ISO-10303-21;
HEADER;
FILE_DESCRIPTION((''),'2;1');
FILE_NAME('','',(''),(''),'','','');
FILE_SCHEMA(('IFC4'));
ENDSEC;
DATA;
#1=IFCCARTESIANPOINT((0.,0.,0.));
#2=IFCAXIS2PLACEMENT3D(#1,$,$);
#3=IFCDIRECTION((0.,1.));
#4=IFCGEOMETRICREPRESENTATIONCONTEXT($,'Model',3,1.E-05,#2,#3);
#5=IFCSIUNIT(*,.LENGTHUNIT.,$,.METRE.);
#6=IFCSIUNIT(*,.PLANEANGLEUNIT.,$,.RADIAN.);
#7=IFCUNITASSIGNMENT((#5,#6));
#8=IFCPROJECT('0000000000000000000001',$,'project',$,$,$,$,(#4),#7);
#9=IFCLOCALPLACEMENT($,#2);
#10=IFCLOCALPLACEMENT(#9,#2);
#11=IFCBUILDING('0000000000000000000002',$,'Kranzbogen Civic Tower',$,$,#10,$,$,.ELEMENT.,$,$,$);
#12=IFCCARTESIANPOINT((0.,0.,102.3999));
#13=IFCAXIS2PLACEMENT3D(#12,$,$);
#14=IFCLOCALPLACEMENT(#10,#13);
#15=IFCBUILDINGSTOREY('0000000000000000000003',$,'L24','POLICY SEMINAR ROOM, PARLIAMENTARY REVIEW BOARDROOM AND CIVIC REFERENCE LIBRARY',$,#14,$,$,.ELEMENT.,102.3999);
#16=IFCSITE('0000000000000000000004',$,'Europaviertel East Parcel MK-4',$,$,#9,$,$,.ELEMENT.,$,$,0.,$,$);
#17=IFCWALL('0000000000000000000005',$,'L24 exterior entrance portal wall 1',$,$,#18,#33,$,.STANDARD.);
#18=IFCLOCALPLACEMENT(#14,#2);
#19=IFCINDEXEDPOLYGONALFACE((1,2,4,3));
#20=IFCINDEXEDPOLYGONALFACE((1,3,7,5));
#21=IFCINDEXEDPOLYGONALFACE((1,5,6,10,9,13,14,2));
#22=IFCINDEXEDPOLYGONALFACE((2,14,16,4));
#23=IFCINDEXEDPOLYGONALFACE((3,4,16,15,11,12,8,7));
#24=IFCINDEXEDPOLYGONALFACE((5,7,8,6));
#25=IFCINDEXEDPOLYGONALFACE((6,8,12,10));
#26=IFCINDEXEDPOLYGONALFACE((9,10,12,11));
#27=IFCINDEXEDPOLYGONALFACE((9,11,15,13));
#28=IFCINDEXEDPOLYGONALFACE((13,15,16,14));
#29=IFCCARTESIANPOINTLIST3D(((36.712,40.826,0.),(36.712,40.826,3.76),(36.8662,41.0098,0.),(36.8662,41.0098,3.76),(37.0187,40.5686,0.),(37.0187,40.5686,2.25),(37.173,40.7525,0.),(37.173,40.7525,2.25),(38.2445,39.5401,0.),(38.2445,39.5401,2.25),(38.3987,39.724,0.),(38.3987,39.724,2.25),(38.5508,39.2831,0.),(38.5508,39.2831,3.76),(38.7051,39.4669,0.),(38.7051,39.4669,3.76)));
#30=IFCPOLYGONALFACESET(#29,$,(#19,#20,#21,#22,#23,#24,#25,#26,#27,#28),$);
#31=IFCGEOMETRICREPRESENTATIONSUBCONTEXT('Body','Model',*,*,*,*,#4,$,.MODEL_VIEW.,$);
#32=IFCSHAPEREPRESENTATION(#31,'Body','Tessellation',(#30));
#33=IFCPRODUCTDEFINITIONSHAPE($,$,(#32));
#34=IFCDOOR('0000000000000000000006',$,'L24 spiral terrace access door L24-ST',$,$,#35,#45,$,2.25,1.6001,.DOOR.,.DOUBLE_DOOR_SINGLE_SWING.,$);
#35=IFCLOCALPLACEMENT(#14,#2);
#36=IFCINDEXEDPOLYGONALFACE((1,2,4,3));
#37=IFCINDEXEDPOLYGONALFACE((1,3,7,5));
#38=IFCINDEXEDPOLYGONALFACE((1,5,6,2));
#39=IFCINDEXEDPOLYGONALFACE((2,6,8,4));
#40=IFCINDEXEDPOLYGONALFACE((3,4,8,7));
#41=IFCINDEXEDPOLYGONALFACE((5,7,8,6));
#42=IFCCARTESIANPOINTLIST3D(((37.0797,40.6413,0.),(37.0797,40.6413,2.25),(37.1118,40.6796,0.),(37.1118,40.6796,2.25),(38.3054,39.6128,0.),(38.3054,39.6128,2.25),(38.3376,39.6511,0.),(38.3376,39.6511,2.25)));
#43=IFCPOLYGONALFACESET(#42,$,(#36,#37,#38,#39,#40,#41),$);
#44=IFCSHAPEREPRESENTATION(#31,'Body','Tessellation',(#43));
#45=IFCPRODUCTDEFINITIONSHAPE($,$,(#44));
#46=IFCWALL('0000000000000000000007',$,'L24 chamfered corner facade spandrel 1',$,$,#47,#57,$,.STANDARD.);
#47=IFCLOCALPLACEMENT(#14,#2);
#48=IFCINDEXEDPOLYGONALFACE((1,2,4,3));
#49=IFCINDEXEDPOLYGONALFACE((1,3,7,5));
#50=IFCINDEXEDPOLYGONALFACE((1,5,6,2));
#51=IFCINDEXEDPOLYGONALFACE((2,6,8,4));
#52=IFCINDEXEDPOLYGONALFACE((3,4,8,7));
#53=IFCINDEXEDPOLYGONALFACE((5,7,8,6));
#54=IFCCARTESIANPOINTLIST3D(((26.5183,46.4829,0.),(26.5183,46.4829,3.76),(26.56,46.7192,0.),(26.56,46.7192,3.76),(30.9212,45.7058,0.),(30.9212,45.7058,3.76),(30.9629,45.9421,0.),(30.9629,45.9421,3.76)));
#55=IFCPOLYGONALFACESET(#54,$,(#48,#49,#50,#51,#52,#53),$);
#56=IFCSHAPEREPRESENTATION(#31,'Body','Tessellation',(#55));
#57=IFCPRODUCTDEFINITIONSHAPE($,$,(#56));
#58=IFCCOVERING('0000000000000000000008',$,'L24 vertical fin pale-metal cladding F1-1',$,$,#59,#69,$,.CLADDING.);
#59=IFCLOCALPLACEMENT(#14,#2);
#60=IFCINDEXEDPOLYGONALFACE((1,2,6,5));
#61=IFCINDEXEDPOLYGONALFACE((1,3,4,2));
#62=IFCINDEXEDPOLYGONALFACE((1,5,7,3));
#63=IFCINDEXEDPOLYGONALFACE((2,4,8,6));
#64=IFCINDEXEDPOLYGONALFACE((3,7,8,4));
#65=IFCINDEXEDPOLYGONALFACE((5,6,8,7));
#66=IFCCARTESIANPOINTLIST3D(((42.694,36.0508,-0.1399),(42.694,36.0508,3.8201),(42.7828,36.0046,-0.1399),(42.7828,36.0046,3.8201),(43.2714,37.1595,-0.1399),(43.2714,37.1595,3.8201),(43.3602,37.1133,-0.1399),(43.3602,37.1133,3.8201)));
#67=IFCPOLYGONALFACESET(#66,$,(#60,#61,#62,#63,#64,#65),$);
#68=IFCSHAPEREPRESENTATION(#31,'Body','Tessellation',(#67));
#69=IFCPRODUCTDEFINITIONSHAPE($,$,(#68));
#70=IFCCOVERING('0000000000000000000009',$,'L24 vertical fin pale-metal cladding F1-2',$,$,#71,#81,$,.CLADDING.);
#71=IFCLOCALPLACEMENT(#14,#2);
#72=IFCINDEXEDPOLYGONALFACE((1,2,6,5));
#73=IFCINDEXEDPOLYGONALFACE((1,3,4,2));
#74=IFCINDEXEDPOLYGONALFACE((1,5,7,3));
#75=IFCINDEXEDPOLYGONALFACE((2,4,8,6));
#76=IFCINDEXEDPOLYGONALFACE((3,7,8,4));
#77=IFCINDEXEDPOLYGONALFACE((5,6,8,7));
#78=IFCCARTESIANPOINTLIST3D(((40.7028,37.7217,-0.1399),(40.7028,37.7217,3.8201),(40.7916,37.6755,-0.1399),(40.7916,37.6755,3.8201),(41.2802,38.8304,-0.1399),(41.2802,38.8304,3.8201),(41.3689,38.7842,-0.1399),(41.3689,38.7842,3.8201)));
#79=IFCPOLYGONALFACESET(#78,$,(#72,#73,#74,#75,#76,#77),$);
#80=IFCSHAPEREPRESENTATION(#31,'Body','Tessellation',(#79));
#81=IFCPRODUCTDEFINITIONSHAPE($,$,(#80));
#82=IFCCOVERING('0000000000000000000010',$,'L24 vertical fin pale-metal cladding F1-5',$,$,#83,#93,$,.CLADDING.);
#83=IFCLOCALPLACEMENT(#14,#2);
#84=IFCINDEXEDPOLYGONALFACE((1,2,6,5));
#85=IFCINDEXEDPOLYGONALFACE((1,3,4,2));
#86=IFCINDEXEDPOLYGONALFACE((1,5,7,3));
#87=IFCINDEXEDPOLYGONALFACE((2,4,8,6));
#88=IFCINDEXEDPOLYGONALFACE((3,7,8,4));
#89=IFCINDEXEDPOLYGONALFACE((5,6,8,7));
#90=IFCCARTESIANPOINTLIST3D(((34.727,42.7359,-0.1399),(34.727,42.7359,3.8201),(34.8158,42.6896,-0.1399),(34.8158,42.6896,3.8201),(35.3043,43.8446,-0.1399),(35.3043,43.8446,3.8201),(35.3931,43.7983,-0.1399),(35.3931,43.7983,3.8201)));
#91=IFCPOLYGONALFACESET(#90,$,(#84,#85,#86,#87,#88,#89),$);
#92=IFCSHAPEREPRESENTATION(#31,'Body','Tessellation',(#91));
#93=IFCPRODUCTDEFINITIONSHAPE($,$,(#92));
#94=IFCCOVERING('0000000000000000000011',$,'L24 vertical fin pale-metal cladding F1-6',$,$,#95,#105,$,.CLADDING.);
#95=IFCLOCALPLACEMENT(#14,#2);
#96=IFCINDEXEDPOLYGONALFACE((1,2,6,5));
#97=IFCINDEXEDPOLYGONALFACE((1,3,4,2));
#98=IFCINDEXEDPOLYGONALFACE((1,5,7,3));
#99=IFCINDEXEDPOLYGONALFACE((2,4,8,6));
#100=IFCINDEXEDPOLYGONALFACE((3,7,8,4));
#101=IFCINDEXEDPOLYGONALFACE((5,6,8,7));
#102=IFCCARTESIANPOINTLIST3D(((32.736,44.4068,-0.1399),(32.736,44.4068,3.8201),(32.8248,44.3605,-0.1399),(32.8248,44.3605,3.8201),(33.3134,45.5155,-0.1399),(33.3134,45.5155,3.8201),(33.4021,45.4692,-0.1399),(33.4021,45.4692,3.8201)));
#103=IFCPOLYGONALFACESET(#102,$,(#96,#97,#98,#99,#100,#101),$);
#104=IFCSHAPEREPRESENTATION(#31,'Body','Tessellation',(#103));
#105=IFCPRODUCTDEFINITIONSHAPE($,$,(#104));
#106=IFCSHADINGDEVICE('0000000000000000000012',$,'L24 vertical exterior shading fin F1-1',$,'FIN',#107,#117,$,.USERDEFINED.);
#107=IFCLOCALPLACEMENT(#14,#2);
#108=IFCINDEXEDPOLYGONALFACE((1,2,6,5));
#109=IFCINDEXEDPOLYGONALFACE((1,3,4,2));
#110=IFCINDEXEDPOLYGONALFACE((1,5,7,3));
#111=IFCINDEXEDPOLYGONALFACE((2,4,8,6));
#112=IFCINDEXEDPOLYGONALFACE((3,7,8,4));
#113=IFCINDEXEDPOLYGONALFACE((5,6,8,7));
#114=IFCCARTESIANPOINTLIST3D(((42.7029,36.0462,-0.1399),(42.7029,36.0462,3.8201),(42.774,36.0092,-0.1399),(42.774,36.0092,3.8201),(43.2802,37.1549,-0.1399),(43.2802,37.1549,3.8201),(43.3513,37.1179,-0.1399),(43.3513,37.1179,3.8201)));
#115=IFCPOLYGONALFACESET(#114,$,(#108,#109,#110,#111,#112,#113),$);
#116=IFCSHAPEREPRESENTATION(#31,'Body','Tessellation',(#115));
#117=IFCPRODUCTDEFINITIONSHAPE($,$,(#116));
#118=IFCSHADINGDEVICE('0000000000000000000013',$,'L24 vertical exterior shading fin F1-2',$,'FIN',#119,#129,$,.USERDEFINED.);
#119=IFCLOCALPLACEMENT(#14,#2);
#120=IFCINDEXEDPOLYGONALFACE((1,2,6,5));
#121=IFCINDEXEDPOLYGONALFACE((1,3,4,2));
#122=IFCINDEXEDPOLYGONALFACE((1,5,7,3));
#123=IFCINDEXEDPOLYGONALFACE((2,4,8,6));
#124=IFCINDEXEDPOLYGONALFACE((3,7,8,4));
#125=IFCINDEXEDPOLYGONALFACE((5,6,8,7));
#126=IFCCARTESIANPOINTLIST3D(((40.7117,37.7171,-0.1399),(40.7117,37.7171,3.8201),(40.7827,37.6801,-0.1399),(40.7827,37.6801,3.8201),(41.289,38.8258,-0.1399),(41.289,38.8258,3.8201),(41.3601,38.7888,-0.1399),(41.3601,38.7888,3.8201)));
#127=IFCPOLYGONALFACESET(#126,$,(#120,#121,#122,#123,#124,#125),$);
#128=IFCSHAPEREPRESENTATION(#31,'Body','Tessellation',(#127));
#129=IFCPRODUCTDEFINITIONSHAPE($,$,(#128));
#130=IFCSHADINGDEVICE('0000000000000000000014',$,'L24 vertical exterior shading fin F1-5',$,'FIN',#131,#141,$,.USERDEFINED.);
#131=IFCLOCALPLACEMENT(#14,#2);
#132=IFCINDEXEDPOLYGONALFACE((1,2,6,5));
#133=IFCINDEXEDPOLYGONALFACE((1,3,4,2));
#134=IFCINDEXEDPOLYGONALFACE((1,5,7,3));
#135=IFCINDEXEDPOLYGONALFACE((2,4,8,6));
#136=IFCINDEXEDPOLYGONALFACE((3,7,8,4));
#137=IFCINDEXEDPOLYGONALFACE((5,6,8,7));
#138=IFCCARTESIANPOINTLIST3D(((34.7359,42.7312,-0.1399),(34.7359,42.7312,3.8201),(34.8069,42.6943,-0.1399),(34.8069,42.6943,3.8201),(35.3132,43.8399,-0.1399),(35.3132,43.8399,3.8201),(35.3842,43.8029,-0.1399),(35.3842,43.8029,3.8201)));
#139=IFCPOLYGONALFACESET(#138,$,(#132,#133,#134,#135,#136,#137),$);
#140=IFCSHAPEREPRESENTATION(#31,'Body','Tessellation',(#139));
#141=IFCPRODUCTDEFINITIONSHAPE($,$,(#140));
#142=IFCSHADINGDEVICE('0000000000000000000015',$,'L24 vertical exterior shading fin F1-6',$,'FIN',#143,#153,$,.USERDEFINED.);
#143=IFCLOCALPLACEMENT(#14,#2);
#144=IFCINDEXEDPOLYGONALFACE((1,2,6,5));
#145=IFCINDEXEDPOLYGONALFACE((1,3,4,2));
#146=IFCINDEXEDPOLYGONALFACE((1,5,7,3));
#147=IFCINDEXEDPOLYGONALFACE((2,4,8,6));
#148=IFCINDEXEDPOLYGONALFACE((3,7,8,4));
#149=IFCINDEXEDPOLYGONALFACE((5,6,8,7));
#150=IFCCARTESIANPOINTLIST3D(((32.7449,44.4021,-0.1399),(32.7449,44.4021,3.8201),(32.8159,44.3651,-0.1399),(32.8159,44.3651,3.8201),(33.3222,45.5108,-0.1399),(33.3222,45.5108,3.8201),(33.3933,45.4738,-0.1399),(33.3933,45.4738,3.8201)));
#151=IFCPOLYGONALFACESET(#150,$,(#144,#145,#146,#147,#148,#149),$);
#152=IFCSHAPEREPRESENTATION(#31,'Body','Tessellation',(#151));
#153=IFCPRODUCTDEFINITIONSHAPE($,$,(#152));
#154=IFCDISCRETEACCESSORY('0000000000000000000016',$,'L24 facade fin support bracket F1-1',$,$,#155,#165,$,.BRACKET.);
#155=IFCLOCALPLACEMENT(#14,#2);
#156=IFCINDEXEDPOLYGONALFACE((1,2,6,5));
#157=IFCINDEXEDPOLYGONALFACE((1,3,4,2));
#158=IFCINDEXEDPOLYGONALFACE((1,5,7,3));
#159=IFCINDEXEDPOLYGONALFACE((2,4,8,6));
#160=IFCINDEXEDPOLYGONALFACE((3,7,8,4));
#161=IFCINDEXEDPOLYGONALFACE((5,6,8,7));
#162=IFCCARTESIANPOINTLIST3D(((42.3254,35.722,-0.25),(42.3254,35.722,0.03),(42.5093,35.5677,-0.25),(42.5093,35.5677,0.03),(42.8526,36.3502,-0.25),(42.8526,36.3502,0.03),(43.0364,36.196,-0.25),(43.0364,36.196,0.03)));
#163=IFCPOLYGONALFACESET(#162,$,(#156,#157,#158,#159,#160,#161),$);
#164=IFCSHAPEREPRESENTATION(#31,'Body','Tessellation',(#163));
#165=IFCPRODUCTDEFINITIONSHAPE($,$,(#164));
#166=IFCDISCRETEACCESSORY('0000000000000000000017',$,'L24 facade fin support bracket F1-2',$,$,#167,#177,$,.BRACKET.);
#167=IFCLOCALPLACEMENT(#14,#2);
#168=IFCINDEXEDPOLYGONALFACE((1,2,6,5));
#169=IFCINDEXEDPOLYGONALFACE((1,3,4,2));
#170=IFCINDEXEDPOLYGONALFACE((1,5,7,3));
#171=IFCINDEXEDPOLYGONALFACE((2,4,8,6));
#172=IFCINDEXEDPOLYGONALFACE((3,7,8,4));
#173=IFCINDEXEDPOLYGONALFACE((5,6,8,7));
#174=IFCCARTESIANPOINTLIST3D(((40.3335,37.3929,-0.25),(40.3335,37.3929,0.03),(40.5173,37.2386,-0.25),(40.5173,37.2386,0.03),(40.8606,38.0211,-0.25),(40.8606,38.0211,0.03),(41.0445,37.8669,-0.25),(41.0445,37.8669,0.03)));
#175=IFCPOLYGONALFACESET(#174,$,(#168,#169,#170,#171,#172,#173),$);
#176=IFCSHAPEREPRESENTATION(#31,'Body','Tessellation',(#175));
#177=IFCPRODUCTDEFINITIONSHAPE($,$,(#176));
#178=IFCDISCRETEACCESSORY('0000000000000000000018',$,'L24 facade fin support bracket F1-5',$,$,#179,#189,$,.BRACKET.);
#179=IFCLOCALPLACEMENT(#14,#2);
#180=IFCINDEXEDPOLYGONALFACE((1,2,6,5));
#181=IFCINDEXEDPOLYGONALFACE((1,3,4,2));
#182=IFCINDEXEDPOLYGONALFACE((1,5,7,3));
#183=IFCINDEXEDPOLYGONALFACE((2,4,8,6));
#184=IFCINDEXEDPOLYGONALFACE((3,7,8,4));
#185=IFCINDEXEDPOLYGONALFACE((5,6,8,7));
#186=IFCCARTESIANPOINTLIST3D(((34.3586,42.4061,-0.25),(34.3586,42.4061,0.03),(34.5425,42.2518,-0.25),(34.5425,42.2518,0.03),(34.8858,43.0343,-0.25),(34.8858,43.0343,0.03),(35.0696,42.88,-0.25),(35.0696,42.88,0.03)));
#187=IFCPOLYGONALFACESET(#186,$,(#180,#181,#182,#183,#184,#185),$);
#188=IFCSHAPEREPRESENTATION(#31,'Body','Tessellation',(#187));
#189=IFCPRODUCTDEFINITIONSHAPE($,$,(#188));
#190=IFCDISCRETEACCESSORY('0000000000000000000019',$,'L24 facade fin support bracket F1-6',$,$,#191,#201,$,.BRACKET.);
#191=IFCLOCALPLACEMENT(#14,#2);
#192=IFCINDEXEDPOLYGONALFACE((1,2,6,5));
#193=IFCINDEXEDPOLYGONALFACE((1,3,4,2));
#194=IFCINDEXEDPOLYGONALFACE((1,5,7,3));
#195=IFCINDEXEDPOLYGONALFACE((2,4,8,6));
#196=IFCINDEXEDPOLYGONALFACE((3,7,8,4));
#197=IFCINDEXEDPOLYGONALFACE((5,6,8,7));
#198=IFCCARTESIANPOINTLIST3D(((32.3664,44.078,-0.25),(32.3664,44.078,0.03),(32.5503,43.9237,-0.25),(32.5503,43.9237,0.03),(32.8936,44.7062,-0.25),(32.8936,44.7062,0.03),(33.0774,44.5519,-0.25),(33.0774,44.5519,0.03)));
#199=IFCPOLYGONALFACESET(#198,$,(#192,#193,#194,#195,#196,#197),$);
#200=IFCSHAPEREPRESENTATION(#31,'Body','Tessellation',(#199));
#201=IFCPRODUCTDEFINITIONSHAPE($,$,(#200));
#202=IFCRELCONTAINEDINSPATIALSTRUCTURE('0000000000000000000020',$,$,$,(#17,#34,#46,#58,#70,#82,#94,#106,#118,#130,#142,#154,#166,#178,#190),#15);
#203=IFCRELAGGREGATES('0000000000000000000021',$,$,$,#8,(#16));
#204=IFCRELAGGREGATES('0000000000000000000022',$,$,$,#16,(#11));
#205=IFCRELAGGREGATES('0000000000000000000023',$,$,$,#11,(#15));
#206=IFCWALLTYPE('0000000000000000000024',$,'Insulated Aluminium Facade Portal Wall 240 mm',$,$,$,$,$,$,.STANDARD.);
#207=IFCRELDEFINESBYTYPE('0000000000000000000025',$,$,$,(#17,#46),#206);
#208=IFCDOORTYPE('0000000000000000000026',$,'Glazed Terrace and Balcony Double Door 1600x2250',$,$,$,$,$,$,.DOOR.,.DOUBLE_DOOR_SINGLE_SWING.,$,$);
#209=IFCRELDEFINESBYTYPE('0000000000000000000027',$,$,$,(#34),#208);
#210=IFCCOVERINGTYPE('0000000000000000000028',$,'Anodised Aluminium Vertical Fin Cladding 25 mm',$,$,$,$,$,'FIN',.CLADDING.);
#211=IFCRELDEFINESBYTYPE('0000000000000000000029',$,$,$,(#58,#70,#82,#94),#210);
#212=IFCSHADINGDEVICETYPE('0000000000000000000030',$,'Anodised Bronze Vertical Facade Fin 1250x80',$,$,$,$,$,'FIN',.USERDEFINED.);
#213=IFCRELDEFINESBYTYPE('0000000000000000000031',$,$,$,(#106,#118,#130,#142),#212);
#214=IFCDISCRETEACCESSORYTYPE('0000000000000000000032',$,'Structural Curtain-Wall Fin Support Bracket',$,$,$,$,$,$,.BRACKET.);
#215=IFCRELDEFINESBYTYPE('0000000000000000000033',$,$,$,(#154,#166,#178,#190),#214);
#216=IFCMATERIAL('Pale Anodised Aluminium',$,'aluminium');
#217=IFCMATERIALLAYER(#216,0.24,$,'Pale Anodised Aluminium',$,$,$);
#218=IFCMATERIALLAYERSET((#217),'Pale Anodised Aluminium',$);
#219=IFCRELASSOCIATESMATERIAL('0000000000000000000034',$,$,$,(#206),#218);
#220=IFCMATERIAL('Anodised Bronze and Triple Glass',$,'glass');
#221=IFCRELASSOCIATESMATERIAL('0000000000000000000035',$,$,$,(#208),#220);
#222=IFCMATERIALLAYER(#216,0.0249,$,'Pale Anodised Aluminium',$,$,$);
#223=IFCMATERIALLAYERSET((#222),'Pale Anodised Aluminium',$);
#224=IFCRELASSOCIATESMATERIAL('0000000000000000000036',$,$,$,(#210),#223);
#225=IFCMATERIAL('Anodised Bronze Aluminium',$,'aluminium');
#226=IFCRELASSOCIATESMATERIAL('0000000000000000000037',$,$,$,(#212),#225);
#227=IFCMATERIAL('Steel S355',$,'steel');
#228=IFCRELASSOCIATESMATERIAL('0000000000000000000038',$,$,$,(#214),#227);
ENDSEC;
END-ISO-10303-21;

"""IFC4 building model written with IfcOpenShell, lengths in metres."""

from ifc_helpers import new_model, si_unit, direction, frame, frame_2d, origin, origin_2d, place, context, subcontext, project, spatial, rectangle, extrude, material, layer, layer_set, type_object, element, fill, save


model = new_model("IFC4")

# Units and contexts
model_context = context("Model", 3, precision=1e-05, world=origin(), true_north=direction((0.0, 1.0)))
body_context = subcontext(model_context, "Body", "Model", "MODEL_VIEW")
ifc_project = project(units=[si_unit("LENGTHUNIT", "METRE"), si_unit("PLANEANGLEUNIT", "RADIAN")], contexts=[model_context])

# Site, building, storey
site_placement = place(None, origin())
site = spatial("IfcSite", under=ifc_project, at=site_placement, Name="Europaviertel East Parcel MK-4", CompositionType="ELEMENT", RefElevation=0.0)
building_placement = place(site_placement, origin())
building = spatial("IfcBuilding", under=site, at=building_placement, Name="Kranzbogen Civic Tower", CompositionType="ELEMENT")
storey_placement = place(building_placement, frame((0.0, 0.0, 102.3999)))
storey = spatial("IfcBuildingStorey", under=building, at=storey_placement, Name="L24", Description="POLICY SEMINAR ROOM, PARLIAMENTARY REVIEW BOARDROOM AND CIVIC REFERENCE LIBRARY", CompositionType="ELEMENT", Elevation=102.3999)

# Shared definitions
ifc_material_1 = material(Name="Pale Anodised Aluminium", Category="aluminium")

# Shared definitions
ifc_material_2 = material(Name="Steel S355", Category="steel")

# Wall, opening, door
ifc_layer_1 = layer(ifc_material_1, 0.24, Name="Pale Anodised Aluminium")
ifc_layer_set_1 = layer_set([ifc_layer_1], Name="Pale Anodised Aluminium")
wall_type_1 = type_object("IfcWallType", Name="Insulated Aluminium Facade Portal Wall 240 mm", PredefinedType="STANDARD", material=ifc_layer_set_1)
wall_1_placement = place(storey_placement, frame((38.6279, 39.375, 0.0), z_axis=(0.0, 0.0, 1.0), x_axis=(-0.766049, 0.642782, 0.0)))
wall_1 = element("IfcWall", 1, at=wall_1_placement, inside=storey, type_object=wall_type_1, Name="L24 exterior entrance portal wall 1", PredefinedType="STANDARD", context=body_context, shape_type="SweptSolid", body=[
    extrude(rectangle(XDim=2.4004, YDim=0.24, at=frame_2d((1.2002, 0.0))), origin(), (0.0, 0.0, 1.0), 3.76),
])
opening_placement = place(wall_1_placement, frame((0.3999, 0.0, 0.0)))
opening = element("IfcOpeningElement", 2, at=opening_placement, cuts=wall_1, PredefinedType="OPENING", context=body_context, shape_type="SweptSolid", body=[
    extrude(rectangle(XDim=1.6001, YDim=2.25, at=frame_2d((0.8, 1.125))), frame((0.0, 0.1299, 0.0), z_axis=(0.0, -1.0, 0.0), x_axis=(1.0, 0.0, 0.0)), (0.0, 0.0, 1.0), 0.26),
])
ifc_material_3 = material(Name="Anodised Bronze and Triple Glass", Category="glass")
door_type = type_object("IfcDoorType", Name="Glazed Terrace and Balcony Double Door 1600x2250", OperationType="DOUBLE_DOOR_SINGLE_SWING", PredefinedType="DOOR", material=ifc_material_3)
door_placement = place(opening_placement, frame((1.6001, 0.0, 0.0), z_axis=(0.0, 0.0, 1.0), x_axis=(-1.0, 0.0, 0.0)))
door = element("IfcDoor", 3, at=door_placement, inside=storey, type_object=door_type, Name="L24 spiral terrace access door L24-ST", OperationType="DOUBLE_DOOR_SINGLE_SWING", OverallHeight=2.25, OverallWidth=1.6001, PredefinedType="DOOR", context=body_context, shape_type="SweptSolid", body=[
    extrude(rectangle(XDim=1.6001, YDim=2.25, at=frame_2d((0.8, 1.125))), frame((0.0, 0.0249, 0.0), z_axis=(0.0, -1.0, 0.0), x_axis=(1.0, 0.0, 0.0)), (0.0, 0.0, 1.0), 0.05),
])
fill(opening, door)

# Wall
wall_2_placement = place(storey_placement, frame((30.9419, 45.824, 0.0), z_axis=(0.0, 0.0, 1.0), x_axis=(-0.984779, 0.173813, 0.0)))
element("IfcWall", 4, at=wall_2_placement, inside=storey, type_object=wall_type_1, Name="L24 chamfered corner facade spandrel 1", PredefinedType="STANDARD", context=body_context, shape_type="SweptSolid", body=[
    extrude(rectangle(XDim=4.4709, YDim=0.24, at=frame_2d((2.2354, 0.0))), origin(), (0.0, 0.0, 1.0), 3.76),
])

# Coverings
ifc_layer_2 = layer(ifc_material_1, 0.0249, Name="Pale Anodised Aluminium")
ifc_layer_set_2 = layer_set([ifc_layer_2], Name="Pale Anodised Aluminium")
covering_type = type_object("IfcCoveringType", Name="Anodised Aluminium Vertical Fin Cladding 25 mm", ElementType="FIN", PredefinedType="CLADDING", material=ifc_layer_set_2)
for number, where, z_axis, x_axis, name in (
    (5, (43.0271, 36.582, -0.1399), (0.0, 0.0, 1.0), (0.461857, 0.886954, 0.0), "L24 vertical fin pale-metal cladding F1-1"),
    (6, (41.0359, 38.2529, -0.1399), (0.0, 0.0, 1.0), (0.461857, 0.886954, 0.0), "L24 vertical fin pale-metal cladding F1-2"),
    (7, (35.0601, 43.2671, -0.1399), (0.0, 0.0, 1.0), (0.461857, 0.886954, 0.0), "L24 vertical fin pale-metal cladding F1-5"),
    (8, (33.0691, 44.938, -0.1399), (0.0, 0.0, 1.0), (0.461857, 0.886954, 0.0), "L24 vertical fin pale-metal cladding F1-6"),
):
    element("IfcCovering", number, at=place(storey_placement, frame(where, z_axis=z_axis, x_axis=x_axis)), inside=storey, type_object=covering_type, Name=name, PredefinedType="CLADDING", context=body_context, shape_type="SweptSolid", body=[
        extrude(rectangle(XDim=1.25, YDim=0.1001, at=origin_2d()), origin(), (0.0, 0.0, 1.0), 3.96),
    ])

# Shading devices
ifc_material_4 = material(Name="Anodised Bronze Aluminium", Category="aluminium")
shading_device_type = type_object("IfcShadingDeviceType", Name="Anodised Bronze Vertical Facade Fin 1250x80", ElementType="FIN", PredefinedType="USERDEFINED", material=ifc_material_4)
for number, where, z_axis, x_axis, name in (
    (9, (43.0271, 36.582, -0.1399), (0.0, 0.0, 1.0), (0.461857, 0.886954, 0.0), "L24 vertical exterior shading fin F1-1"),
    (10, (41.0359, 38.2529, -0.1399), (0.0, 0.0, 1.0), (0.461857, 0.886954, 0.0), "L24 vertical exterior shading fin F1-2"),
    (11, (35.0601, 43.2671, -0.1399), (0.0, 0.0, 1.0), (0.461857, 0.886954, 0.0), "L24 vertical exterior shading fin F1-5"),
    (12, (33.0691, 44.938, -0.1399), (0.0, 0.0, 1.0), (0.461857, 0.886954, 0.0), "L24 vertical exterior shading fin F1-6"),
):
    element("IfcShadingDevice", number, at=place(storey_placement, frame(where, z_axis=z_axis, x_axis=x_axis)), inside=storey, type_object=shading_device_type, Name=name, ObjectType="FIN", PredefinedType="USERDEFINED", context=body_context, shape_type="SweptSolid", body=[
        extrude(rectangle(XDim=1.25, YDim=0.0801, at=origin_2d()), origin(), (0.0, 0.0, 1.0), 3.96),
    ])

# Discrete accessories
discrete_accessory_type = type_object("IfcDiscreteAccessoryType", Name="Structural Curtain-Wall Fin Support Bracket", PredefinedType="BRACKET", material=ifc_material_2)
for number, where, z_axis, x_axis, name in (
    (13, (42.6809, 35.959, -0.25), (0.0, 0.0, 1.0), (0.642788, 0.766044, 0.0), "L24 facade fin support bracket F1-1"),
    (14, (40.689, 37.6299, -0.25), (0.0, 0.0, 1.0), (0.642788, 0.766044, 0.0), "L24 facade fin support bracket F1-2"),
    (15, (34.7141, 42.6431, -0.25), (0.0, 0.0, 1.0), (0.642788, 0.766044, 0.0), "L24 facade fin support bracket F1-5"),
    (16, (32.7219, 44.3149, -0.25), (0.0, 0.0, 1.0), (0.642788, 0.766044, 0.0), "L24 facade fin support bracket F1-6"),
):
    element("IfcDiscreteAccessory", number, at=place(storey_placement, frame(where, z_axis=z_axis, x_axis=x_axis)), inside=storey, type_object=discrete_accessory_type, Name=name, PredefinedType="BRACKET", context=body_context, shape_type="SweptSolid", body=[
        extrude(rectangle(XDim=0.8201, YDim=0.24, at=origin_2d()), origin(), (0.0, 0.0, 1.0), 0.28),
    ])

save(model, "model.ifc")
